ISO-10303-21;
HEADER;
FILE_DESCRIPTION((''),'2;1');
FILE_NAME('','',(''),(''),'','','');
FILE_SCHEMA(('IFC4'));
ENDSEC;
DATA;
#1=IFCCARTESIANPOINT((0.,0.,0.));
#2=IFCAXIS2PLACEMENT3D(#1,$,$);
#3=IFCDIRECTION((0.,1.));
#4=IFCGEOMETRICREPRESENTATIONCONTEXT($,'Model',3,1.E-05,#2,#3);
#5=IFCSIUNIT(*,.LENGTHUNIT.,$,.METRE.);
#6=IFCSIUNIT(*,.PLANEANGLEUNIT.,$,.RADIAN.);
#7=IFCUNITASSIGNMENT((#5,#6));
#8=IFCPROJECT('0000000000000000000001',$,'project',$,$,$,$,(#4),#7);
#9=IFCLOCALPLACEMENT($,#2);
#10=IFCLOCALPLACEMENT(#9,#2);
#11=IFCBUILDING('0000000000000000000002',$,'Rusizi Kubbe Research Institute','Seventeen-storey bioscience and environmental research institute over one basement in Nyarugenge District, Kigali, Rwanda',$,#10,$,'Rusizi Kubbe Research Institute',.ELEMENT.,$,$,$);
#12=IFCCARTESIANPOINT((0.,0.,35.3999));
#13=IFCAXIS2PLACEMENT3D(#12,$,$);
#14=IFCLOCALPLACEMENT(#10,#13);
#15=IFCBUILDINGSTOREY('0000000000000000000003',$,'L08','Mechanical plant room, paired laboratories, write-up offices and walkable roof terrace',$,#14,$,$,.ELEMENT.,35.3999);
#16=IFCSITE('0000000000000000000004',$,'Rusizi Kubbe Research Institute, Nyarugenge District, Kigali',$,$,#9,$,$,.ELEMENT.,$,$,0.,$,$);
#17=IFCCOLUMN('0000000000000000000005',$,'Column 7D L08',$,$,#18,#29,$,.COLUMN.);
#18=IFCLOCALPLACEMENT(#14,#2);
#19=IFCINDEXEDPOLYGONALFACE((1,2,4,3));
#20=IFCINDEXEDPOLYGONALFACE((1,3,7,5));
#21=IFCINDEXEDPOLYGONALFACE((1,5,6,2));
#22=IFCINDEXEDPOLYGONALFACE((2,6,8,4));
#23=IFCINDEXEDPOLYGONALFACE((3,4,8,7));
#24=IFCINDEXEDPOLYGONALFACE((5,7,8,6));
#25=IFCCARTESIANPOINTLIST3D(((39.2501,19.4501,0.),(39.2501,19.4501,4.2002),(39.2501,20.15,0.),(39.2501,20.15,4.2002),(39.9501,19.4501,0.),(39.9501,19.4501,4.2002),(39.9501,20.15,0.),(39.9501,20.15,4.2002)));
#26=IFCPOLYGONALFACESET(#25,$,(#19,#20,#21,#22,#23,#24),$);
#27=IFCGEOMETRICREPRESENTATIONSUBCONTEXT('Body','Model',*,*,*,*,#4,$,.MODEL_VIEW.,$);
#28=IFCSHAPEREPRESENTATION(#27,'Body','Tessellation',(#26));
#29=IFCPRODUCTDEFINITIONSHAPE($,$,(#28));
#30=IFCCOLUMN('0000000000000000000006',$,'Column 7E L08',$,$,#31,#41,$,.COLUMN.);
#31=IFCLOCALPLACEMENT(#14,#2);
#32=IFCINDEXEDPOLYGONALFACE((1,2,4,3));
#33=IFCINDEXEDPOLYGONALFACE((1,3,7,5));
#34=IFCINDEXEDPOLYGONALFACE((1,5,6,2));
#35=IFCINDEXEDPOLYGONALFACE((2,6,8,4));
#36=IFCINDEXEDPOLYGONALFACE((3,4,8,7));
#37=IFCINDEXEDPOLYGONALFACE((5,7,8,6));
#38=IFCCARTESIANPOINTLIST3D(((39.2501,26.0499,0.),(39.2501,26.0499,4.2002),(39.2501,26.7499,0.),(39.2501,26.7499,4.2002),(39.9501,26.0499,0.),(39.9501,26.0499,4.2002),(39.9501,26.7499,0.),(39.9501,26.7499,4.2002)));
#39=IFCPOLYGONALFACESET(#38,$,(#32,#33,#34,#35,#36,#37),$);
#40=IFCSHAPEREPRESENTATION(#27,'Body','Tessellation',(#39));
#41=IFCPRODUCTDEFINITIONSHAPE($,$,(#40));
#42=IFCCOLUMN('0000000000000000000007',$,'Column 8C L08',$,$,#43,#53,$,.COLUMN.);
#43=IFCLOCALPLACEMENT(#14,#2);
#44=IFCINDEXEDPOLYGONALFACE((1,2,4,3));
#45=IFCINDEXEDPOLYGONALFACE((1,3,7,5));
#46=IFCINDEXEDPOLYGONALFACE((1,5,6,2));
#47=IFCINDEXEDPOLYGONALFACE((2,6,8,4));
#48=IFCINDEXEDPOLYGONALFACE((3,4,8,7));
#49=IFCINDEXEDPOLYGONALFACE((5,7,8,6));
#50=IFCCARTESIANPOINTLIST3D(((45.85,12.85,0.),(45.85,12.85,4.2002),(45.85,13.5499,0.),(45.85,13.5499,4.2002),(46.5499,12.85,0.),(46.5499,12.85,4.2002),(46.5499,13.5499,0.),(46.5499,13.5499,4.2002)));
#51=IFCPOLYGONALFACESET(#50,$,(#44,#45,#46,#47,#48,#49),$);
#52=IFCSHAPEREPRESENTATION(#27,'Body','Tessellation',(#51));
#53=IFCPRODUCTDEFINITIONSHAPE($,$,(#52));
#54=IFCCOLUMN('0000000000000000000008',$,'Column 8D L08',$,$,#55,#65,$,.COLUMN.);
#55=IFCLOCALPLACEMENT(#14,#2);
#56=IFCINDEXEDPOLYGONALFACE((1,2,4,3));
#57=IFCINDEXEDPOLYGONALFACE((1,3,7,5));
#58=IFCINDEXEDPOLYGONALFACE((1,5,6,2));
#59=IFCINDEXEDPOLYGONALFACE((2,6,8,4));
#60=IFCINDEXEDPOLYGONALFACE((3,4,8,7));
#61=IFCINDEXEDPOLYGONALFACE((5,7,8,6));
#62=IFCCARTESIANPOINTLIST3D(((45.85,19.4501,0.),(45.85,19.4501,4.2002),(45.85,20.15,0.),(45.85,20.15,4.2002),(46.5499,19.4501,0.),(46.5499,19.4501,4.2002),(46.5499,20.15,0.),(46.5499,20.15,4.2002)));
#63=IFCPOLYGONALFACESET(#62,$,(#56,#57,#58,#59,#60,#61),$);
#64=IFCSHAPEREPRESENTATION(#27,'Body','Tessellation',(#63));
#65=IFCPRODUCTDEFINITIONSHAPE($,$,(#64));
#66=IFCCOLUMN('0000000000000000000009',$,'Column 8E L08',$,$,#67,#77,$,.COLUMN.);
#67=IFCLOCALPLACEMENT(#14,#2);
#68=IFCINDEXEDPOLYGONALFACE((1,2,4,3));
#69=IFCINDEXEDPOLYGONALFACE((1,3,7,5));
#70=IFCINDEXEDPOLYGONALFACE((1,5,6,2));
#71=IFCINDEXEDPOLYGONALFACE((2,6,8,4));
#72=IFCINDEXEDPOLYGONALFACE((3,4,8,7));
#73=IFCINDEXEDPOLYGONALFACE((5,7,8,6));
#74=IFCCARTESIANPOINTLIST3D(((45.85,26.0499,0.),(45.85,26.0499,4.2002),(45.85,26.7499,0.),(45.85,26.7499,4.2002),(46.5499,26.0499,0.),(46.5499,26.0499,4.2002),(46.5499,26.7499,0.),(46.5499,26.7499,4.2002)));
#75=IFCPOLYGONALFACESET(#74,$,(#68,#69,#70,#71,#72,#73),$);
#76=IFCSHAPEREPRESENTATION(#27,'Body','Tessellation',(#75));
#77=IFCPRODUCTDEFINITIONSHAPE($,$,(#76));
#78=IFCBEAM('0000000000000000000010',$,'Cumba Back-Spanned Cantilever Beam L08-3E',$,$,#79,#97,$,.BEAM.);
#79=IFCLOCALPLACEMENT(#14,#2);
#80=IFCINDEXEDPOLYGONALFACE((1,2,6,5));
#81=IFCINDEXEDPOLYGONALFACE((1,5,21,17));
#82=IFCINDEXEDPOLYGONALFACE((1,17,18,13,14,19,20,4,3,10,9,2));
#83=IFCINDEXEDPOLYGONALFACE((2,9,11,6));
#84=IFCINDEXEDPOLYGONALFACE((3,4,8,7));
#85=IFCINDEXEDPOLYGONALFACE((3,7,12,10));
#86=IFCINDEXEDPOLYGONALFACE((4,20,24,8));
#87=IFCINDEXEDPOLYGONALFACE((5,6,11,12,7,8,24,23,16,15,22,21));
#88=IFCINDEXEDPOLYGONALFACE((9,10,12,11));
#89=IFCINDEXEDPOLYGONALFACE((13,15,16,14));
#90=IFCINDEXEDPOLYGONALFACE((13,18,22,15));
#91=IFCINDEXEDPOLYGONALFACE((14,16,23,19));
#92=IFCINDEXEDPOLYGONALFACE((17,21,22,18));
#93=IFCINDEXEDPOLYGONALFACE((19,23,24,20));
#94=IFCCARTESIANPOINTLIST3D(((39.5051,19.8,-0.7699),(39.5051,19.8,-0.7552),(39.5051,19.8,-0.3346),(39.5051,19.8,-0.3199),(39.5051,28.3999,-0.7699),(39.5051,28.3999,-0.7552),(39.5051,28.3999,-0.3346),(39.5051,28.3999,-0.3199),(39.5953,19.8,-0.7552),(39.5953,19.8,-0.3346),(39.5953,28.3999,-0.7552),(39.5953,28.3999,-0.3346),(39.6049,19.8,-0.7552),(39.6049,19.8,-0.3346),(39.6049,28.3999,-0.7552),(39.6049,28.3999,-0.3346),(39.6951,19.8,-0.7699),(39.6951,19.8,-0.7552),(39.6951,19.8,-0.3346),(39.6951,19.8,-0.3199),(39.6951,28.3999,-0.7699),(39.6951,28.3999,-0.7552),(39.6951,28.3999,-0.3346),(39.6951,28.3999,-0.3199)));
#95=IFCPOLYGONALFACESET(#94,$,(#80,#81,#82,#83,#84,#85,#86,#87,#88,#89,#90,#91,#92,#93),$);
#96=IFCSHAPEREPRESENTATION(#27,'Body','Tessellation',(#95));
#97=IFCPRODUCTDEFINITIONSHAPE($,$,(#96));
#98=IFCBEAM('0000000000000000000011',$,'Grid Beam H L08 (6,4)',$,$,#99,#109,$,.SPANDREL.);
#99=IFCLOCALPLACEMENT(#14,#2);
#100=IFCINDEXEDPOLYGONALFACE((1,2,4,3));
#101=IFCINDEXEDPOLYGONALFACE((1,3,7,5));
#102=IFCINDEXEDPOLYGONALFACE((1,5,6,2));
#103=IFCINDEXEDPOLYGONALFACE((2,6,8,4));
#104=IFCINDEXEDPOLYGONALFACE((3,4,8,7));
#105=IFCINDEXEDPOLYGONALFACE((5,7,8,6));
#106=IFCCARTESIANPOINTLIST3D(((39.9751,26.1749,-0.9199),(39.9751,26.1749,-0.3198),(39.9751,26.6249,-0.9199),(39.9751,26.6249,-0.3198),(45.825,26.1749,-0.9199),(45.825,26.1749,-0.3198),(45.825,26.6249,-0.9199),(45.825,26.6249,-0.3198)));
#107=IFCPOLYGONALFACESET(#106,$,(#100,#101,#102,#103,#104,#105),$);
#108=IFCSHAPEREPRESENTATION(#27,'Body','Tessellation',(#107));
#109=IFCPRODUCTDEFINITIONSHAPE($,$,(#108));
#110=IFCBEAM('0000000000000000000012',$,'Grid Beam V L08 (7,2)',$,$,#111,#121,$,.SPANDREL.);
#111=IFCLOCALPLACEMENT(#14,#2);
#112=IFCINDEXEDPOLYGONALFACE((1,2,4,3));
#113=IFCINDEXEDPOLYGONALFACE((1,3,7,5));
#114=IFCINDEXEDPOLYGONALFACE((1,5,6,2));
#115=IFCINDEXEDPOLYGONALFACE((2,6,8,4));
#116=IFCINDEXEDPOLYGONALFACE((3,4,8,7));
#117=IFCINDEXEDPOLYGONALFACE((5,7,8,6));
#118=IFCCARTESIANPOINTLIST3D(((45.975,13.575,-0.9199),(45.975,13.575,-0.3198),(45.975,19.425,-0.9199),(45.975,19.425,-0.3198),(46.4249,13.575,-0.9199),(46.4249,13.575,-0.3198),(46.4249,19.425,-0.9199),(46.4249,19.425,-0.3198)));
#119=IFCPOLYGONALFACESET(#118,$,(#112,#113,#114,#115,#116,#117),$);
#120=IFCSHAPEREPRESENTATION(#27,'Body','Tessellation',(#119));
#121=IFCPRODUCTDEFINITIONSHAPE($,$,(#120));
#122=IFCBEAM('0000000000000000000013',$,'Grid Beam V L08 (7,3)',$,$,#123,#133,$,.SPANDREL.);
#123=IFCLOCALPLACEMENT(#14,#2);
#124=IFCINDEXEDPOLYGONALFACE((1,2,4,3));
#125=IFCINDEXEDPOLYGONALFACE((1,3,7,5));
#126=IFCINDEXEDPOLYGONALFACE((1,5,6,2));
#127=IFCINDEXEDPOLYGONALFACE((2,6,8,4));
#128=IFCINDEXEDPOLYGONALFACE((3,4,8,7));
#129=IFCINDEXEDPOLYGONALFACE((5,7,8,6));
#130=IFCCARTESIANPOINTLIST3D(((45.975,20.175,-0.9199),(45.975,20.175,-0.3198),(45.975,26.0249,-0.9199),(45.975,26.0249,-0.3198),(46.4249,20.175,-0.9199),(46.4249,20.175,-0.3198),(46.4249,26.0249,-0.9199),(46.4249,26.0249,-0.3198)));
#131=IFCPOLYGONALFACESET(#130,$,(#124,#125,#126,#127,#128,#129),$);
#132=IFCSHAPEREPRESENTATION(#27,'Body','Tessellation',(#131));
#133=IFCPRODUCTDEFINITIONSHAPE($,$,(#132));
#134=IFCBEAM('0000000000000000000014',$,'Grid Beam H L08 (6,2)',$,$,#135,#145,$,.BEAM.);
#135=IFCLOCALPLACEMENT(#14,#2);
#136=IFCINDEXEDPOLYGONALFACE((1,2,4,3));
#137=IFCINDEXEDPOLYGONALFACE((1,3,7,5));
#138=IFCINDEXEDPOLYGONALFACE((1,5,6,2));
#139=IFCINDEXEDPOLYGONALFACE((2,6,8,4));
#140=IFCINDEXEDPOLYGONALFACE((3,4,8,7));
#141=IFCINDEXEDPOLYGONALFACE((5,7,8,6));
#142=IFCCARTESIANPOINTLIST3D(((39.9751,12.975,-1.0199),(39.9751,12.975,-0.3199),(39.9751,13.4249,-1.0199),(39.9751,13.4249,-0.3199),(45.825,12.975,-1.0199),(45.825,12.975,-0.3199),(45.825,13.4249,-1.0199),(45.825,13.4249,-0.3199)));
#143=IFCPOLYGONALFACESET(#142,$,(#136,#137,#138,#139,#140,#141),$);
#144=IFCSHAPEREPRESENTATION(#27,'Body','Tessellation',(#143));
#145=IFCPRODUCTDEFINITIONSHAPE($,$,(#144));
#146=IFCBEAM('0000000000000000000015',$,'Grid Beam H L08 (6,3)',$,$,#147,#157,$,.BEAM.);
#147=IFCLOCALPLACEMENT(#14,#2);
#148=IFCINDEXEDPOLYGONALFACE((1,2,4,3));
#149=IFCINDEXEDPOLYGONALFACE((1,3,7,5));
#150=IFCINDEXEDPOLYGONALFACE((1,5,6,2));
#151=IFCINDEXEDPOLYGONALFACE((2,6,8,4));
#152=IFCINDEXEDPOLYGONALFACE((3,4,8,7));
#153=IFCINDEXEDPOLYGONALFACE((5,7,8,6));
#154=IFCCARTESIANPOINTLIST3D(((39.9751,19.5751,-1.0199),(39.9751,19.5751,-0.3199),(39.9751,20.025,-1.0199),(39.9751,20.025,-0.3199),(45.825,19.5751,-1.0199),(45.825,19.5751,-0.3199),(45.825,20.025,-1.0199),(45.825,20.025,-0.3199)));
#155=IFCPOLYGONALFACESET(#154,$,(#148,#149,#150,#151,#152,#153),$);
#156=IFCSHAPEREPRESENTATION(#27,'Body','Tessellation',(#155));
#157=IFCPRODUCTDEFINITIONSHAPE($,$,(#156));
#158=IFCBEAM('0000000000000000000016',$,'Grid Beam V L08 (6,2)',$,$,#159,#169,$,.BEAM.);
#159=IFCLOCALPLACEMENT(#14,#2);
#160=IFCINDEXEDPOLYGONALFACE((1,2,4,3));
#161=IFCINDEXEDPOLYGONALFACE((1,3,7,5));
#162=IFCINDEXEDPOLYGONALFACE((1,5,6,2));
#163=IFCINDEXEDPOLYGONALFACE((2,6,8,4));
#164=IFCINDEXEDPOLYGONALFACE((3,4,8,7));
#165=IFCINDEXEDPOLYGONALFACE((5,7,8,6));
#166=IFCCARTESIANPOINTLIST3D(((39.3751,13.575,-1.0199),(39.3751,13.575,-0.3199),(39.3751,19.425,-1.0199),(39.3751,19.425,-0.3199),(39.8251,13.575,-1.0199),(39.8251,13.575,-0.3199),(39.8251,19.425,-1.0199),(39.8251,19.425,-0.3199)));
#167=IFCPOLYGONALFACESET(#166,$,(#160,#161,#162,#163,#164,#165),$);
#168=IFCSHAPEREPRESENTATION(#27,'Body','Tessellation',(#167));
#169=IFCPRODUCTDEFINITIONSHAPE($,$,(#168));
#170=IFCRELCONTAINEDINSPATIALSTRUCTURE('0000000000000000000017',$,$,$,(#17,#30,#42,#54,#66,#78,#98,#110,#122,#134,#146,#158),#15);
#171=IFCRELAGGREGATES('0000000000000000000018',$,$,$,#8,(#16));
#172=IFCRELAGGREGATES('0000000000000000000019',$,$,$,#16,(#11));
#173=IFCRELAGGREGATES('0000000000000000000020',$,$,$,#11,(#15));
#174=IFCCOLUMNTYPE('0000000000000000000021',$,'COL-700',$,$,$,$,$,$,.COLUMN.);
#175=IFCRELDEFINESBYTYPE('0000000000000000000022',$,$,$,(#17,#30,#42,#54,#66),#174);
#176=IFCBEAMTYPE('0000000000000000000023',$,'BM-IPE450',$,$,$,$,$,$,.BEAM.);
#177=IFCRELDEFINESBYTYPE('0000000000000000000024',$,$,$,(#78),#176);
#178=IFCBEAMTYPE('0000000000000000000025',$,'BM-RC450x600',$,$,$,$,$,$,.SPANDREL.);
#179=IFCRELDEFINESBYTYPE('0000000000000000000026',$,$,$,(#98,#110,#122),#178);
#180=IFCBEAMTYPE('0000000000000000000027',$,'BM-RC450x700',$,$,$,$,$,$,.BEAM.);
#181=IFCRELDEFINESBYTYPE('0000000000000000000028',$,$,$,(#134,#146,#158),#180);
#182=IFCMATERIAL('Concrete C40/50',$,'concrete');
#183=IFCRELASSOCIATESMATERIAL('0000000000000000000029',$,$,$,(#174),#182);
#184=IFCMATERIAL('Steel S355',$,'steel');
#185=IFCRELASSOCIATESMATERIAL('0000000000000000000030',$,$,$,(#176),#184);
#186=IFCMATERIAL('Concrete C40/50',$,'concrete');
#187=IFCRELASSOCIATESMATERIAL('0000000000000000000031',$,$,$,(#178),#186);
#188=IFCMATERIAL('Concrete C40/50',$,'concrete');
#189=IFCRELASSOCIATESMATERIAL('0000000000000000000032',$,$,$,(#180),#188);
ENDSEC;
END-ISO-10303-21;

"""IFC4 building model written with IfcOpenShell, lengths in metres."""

from ifc_helpers import new_model, si_unit, direction, frame, origin, origin_2d, place, context, subcontext, project, spatial, rectangle, i_section, extrude, material, material_profile, profile_set, type_object, element, save


model = new_model("IFC4")

# Units and contexts
model_context = context("Model", 3, precision=1e-05, world=origin(), true_north=direction((0.0, 1.0)))
body_context = subcontext(model_context, "Body", "Model", "MODEL_VIEW")
ifc_project = project(units=[si_unit("LENGTHUNIT", "METRE"), si_unit("PLANEANGLEUNIT", "RADIAN")], contexts=[model_context])

# Site, building, storey
site_placement = place(None, origin())
site = spatial("IfcSite", under=ifc_project, at=site_placement, Name="Rusizi Kubbe Research Institute, Nyarugenge District, Kigali", CompositionType="ELEMENT", RefElevation=0.0)
building_placement = place(site_placement, origin())
building = spatial("IfcBuilding", under=site, at=building_placement, Name="Rusizi Kubbe Research Institute", Description="Seventeen-storey bioscience and environmental research institute over one basement in Nyarugenge District, Kigali, Rwanda", LongName="Rusizi Kubbe Research Institute", CompositionType="ELEMENT")
storey_placement = place(building_placement, frame((0.0, 0.0, 35.3999)))
storey = spatial("IfcBuildingStorey", under=building, at=storey_placement, Name="L08", Description="Mechanical plant room, paired laboratories, write-up offices and walkable roof terrace", CompositionType="ELEMENT", Elevation=35.3999)

# Columns
ifc_material_1 = material(Name="Concrete C40/50", Category="concrete")
ifc_material_profile_1 = material_profile(ifc_material_1, rectangle(XDim=0.7, YDim=0.7, at=origin_2d()), Name="RC700x700")
ifc_profile_set_1 = profile_set([ifc_material_profile_1], Name="Concrete C40/50")
column_type = type_object("IfcColumnType", Name="COL-700", PredefinedType="COLUMN", material=ifc_profile_set_1)
for number, where, z_axis, x_axis, name in (
    (1, (39.6001, 19.8, 0.0), (0.0, 0.0, 1.0), (1.0, 0.0, 0.0), "Column 7D L08"),
    (2, (39.6001, 26.3999, 0.0), (0.0, 0.0, 1.0), (1.0, 0.0, 0.0), "Column 7E L08"),
    (3, (46.2, 13.2, 0.0), (0.0, 0.0, 1.0), (1.0, 0.0, 0.0), "Column 8C L08"),
    (4, (46.2, 19.8, 0.0), (0.0, 0.0, 1.0), (1.0, 0.0, 0.0), "Column 8D L08"),
    (5, (46.2, 26.3999, 0.0), (0.0, 0.0, 1.0), (1.0, 0.0, 0.0), "Column 8E L08"),
):
    element("IfcColumn", number, at=place(storey_placement, frame(where, z_axis=z_axis, x_axis=x_axis)), inside=storey, type_object=column_type, Name=name, PredefinedType="COLUMN", context=body_context, shape_type="SweptSolid", body=[
        extrude(rectangle(XDim=0.7, YDim=0.7, at=origin_2d()), origin(), (0.0, 0.0, 1.0), 4.2002),
    ])

# Beams
ifc_material_2 = material(Name="Steel S355", Category="steel")
ifc_material_profile_2 = material_profile(ifc_material_2, i_section(OverallWidth=0.1899, OverallDepth=0.45, WebThickness=0.0095, FlangeThickness=0.0146, at=origin_2d()), Name="IPE 450")
ifc_profile_set_2 = profile_set([ifc_material_profile_2], Name="Steel S355")
beam_type_1 = type_object("IfcBeamType", Name="BM-IPE450", PredefinedType="BEAM", material=ifc_profile_set_2)
beam_1_placement = place(storey_placement, frame((39.6001, 19.8, -0.5449), z_axis=(0.0, 1.0, 0.0), x_axis=(-1.0, 0.0, 0.0)))
element("IfcBeam", 6, at=beam_1_placement, inside=storey, type_object=beam_type_1, Name="Cumba Back-Spanned Cantilever Beam L08-3E", PredefinedType="BEAM", context=body_context, shape_type="SweptSolid", body=[
    extrude(i_section(OverallWidth=0.1899, OverallDepth=0.45, WebThickness=0.0095, FlangeThickness=0.0146, at=origin_2d()), origin(), (0.0, 0.0, 1.0), 8.5999),
])
ifc_material_3 = material(Name="Concrete C40/50", Category="concrete")
ifc_material_profile_3 = material_profile(ifc_material_3, rectangle(XDim=0.45, YDim=0.6001, at=origin_2d()), Name="RC450x600")
ifc_profile_set_3 = profile_set([ifc_material_profile_3], Name="Concrete C40/50")
beam_type_2 = type_object("IfcBeamType", Name="BM-RC450x600", PredefinedType="SPANDREL", material=ifc_profile_set_3)
beam_2_placement = place(storey_placement, frame((39.9751, 26.3999, -0.6199), z_axis=(1.0, 0.0, 0.0), x_axis=(0.0, 1.0, 0.0)))
element("IfcBeam", 7, at=beam_2_placement, inside=storey, type_object=beam_type_2, Name="Grid Beam H L08 (6,4)", PredefinedType="SPANDREL", context=body_context, shape_type="SweptSolid", body=[
    extrude(rectangle(XDim=0.45, YDim=0.6001, at=origin_2d()), origin(), (0.0, 0.0, 1.0), 5.8499),
])
beam_3_placement = place(storey_placement, frame((46.2, 13.575, -0.6199), z_axis=(0.0, 1.0, 0.0), x_axis=(-1.0, 0.0, 0.0)))
element("IfcBeam", 8, at=beam_3_placement, inside=storey, type_object=beam_type_2, Name="Grid Beam V L08 (7,2)", PredefinedType="SPANDREL", context=body_context, shape_type="SweptSolid", body=[
    extrude(rectangle(XDim=0.45, YDim=0.6001, at=origin_2d()), origin(), (0.0, 0.0, 1.0), 5.8501),
])
beam_4_placement = place(storey_placement, frame((46.2, 20.175, -0.6199), z_axis=(0.0, 1.0, 0.0), x_axis=(-1.0, 0.0, 0.0)))
element("IfcBeam", 9, at=beam_4_placement, inside=storey, type_object=beam_type_2, Name="Grid Beam V L08 (7,3)", PredefinedType="SPANDREL", context=body_context, shape_type="SweptSolid", body=[
    extrude(rectangle(XDim=0.45, YDim=0.6001, at=origin_2d()), origin(), (0.0, 0.0, 1.0), 5.8499),
])
ifc_material_4 = material(Name="Concrete C40/50", Category="concrete")
ifc_material_profile_4 = material_profile(ifc_material_4, rectangle(XDim=0.45, YDim=0.7, at=origin_2d()), Name="RC450x700B")
ifc_profile_set_4 = profile_set([ifc_material_profile_4], Name="Concrete C40/50")
beam_type_3 = type_object("IfcBeamType", Name="BM-RC450x700", PredefinedType="BEAM", material=ifc_profile_set_4)
for number, where, z_axis, x_axis, name in (
    (10, (39.9751, 13.2, -0.6699), (1.0, 0.0, 0.0), (0.0, 1.0, 0.0), "Grid Beam H L08 (6,2)"),
    (11, (39.9751, 19.8, -0.6699), (1.0, 0.0, 0.0), (0.0, 1.0, 0.0), "Grid Beam H L08 (6,3)"),
):
    element("IfcBeam", number, at=place(storey_placement, frame(where, z_axis=z_axis, x_axis=x_axis)), inside=storey, type_object=beam_type_3, Name=name, PredefinedType="BEAM", context=body_context, shape_type="SweptSolid", body=[
        extrude(rectangle(XDim=0.45, YDim=0.7, at=origin_2d()), origin(), (0.0, 0.0, 1.0), 5.8499),
    ])
beam_5_placement = place(storey_placement, frame((39.6001, 13.575, -0.6699), z_axis=(0.0, 1.0, 0.0), x_axis=(-1.0, 0.0, 0.0)))
element("IfcBeam", 12, at=beam_5_placement, inside=storey, type_object=beam_type_3, Name="Grid Beam V L08 (6,2)", PredefinedType="BEAM", context=body_context, shape_type="SweptSolid", body=[
    extrude(rectangle(XDim=0.45, YDim=0.7, at=origin_2d()), origin(), (0.0, 0.0, 1.0), 5.8501),
])

save(model, "model.ifc")
